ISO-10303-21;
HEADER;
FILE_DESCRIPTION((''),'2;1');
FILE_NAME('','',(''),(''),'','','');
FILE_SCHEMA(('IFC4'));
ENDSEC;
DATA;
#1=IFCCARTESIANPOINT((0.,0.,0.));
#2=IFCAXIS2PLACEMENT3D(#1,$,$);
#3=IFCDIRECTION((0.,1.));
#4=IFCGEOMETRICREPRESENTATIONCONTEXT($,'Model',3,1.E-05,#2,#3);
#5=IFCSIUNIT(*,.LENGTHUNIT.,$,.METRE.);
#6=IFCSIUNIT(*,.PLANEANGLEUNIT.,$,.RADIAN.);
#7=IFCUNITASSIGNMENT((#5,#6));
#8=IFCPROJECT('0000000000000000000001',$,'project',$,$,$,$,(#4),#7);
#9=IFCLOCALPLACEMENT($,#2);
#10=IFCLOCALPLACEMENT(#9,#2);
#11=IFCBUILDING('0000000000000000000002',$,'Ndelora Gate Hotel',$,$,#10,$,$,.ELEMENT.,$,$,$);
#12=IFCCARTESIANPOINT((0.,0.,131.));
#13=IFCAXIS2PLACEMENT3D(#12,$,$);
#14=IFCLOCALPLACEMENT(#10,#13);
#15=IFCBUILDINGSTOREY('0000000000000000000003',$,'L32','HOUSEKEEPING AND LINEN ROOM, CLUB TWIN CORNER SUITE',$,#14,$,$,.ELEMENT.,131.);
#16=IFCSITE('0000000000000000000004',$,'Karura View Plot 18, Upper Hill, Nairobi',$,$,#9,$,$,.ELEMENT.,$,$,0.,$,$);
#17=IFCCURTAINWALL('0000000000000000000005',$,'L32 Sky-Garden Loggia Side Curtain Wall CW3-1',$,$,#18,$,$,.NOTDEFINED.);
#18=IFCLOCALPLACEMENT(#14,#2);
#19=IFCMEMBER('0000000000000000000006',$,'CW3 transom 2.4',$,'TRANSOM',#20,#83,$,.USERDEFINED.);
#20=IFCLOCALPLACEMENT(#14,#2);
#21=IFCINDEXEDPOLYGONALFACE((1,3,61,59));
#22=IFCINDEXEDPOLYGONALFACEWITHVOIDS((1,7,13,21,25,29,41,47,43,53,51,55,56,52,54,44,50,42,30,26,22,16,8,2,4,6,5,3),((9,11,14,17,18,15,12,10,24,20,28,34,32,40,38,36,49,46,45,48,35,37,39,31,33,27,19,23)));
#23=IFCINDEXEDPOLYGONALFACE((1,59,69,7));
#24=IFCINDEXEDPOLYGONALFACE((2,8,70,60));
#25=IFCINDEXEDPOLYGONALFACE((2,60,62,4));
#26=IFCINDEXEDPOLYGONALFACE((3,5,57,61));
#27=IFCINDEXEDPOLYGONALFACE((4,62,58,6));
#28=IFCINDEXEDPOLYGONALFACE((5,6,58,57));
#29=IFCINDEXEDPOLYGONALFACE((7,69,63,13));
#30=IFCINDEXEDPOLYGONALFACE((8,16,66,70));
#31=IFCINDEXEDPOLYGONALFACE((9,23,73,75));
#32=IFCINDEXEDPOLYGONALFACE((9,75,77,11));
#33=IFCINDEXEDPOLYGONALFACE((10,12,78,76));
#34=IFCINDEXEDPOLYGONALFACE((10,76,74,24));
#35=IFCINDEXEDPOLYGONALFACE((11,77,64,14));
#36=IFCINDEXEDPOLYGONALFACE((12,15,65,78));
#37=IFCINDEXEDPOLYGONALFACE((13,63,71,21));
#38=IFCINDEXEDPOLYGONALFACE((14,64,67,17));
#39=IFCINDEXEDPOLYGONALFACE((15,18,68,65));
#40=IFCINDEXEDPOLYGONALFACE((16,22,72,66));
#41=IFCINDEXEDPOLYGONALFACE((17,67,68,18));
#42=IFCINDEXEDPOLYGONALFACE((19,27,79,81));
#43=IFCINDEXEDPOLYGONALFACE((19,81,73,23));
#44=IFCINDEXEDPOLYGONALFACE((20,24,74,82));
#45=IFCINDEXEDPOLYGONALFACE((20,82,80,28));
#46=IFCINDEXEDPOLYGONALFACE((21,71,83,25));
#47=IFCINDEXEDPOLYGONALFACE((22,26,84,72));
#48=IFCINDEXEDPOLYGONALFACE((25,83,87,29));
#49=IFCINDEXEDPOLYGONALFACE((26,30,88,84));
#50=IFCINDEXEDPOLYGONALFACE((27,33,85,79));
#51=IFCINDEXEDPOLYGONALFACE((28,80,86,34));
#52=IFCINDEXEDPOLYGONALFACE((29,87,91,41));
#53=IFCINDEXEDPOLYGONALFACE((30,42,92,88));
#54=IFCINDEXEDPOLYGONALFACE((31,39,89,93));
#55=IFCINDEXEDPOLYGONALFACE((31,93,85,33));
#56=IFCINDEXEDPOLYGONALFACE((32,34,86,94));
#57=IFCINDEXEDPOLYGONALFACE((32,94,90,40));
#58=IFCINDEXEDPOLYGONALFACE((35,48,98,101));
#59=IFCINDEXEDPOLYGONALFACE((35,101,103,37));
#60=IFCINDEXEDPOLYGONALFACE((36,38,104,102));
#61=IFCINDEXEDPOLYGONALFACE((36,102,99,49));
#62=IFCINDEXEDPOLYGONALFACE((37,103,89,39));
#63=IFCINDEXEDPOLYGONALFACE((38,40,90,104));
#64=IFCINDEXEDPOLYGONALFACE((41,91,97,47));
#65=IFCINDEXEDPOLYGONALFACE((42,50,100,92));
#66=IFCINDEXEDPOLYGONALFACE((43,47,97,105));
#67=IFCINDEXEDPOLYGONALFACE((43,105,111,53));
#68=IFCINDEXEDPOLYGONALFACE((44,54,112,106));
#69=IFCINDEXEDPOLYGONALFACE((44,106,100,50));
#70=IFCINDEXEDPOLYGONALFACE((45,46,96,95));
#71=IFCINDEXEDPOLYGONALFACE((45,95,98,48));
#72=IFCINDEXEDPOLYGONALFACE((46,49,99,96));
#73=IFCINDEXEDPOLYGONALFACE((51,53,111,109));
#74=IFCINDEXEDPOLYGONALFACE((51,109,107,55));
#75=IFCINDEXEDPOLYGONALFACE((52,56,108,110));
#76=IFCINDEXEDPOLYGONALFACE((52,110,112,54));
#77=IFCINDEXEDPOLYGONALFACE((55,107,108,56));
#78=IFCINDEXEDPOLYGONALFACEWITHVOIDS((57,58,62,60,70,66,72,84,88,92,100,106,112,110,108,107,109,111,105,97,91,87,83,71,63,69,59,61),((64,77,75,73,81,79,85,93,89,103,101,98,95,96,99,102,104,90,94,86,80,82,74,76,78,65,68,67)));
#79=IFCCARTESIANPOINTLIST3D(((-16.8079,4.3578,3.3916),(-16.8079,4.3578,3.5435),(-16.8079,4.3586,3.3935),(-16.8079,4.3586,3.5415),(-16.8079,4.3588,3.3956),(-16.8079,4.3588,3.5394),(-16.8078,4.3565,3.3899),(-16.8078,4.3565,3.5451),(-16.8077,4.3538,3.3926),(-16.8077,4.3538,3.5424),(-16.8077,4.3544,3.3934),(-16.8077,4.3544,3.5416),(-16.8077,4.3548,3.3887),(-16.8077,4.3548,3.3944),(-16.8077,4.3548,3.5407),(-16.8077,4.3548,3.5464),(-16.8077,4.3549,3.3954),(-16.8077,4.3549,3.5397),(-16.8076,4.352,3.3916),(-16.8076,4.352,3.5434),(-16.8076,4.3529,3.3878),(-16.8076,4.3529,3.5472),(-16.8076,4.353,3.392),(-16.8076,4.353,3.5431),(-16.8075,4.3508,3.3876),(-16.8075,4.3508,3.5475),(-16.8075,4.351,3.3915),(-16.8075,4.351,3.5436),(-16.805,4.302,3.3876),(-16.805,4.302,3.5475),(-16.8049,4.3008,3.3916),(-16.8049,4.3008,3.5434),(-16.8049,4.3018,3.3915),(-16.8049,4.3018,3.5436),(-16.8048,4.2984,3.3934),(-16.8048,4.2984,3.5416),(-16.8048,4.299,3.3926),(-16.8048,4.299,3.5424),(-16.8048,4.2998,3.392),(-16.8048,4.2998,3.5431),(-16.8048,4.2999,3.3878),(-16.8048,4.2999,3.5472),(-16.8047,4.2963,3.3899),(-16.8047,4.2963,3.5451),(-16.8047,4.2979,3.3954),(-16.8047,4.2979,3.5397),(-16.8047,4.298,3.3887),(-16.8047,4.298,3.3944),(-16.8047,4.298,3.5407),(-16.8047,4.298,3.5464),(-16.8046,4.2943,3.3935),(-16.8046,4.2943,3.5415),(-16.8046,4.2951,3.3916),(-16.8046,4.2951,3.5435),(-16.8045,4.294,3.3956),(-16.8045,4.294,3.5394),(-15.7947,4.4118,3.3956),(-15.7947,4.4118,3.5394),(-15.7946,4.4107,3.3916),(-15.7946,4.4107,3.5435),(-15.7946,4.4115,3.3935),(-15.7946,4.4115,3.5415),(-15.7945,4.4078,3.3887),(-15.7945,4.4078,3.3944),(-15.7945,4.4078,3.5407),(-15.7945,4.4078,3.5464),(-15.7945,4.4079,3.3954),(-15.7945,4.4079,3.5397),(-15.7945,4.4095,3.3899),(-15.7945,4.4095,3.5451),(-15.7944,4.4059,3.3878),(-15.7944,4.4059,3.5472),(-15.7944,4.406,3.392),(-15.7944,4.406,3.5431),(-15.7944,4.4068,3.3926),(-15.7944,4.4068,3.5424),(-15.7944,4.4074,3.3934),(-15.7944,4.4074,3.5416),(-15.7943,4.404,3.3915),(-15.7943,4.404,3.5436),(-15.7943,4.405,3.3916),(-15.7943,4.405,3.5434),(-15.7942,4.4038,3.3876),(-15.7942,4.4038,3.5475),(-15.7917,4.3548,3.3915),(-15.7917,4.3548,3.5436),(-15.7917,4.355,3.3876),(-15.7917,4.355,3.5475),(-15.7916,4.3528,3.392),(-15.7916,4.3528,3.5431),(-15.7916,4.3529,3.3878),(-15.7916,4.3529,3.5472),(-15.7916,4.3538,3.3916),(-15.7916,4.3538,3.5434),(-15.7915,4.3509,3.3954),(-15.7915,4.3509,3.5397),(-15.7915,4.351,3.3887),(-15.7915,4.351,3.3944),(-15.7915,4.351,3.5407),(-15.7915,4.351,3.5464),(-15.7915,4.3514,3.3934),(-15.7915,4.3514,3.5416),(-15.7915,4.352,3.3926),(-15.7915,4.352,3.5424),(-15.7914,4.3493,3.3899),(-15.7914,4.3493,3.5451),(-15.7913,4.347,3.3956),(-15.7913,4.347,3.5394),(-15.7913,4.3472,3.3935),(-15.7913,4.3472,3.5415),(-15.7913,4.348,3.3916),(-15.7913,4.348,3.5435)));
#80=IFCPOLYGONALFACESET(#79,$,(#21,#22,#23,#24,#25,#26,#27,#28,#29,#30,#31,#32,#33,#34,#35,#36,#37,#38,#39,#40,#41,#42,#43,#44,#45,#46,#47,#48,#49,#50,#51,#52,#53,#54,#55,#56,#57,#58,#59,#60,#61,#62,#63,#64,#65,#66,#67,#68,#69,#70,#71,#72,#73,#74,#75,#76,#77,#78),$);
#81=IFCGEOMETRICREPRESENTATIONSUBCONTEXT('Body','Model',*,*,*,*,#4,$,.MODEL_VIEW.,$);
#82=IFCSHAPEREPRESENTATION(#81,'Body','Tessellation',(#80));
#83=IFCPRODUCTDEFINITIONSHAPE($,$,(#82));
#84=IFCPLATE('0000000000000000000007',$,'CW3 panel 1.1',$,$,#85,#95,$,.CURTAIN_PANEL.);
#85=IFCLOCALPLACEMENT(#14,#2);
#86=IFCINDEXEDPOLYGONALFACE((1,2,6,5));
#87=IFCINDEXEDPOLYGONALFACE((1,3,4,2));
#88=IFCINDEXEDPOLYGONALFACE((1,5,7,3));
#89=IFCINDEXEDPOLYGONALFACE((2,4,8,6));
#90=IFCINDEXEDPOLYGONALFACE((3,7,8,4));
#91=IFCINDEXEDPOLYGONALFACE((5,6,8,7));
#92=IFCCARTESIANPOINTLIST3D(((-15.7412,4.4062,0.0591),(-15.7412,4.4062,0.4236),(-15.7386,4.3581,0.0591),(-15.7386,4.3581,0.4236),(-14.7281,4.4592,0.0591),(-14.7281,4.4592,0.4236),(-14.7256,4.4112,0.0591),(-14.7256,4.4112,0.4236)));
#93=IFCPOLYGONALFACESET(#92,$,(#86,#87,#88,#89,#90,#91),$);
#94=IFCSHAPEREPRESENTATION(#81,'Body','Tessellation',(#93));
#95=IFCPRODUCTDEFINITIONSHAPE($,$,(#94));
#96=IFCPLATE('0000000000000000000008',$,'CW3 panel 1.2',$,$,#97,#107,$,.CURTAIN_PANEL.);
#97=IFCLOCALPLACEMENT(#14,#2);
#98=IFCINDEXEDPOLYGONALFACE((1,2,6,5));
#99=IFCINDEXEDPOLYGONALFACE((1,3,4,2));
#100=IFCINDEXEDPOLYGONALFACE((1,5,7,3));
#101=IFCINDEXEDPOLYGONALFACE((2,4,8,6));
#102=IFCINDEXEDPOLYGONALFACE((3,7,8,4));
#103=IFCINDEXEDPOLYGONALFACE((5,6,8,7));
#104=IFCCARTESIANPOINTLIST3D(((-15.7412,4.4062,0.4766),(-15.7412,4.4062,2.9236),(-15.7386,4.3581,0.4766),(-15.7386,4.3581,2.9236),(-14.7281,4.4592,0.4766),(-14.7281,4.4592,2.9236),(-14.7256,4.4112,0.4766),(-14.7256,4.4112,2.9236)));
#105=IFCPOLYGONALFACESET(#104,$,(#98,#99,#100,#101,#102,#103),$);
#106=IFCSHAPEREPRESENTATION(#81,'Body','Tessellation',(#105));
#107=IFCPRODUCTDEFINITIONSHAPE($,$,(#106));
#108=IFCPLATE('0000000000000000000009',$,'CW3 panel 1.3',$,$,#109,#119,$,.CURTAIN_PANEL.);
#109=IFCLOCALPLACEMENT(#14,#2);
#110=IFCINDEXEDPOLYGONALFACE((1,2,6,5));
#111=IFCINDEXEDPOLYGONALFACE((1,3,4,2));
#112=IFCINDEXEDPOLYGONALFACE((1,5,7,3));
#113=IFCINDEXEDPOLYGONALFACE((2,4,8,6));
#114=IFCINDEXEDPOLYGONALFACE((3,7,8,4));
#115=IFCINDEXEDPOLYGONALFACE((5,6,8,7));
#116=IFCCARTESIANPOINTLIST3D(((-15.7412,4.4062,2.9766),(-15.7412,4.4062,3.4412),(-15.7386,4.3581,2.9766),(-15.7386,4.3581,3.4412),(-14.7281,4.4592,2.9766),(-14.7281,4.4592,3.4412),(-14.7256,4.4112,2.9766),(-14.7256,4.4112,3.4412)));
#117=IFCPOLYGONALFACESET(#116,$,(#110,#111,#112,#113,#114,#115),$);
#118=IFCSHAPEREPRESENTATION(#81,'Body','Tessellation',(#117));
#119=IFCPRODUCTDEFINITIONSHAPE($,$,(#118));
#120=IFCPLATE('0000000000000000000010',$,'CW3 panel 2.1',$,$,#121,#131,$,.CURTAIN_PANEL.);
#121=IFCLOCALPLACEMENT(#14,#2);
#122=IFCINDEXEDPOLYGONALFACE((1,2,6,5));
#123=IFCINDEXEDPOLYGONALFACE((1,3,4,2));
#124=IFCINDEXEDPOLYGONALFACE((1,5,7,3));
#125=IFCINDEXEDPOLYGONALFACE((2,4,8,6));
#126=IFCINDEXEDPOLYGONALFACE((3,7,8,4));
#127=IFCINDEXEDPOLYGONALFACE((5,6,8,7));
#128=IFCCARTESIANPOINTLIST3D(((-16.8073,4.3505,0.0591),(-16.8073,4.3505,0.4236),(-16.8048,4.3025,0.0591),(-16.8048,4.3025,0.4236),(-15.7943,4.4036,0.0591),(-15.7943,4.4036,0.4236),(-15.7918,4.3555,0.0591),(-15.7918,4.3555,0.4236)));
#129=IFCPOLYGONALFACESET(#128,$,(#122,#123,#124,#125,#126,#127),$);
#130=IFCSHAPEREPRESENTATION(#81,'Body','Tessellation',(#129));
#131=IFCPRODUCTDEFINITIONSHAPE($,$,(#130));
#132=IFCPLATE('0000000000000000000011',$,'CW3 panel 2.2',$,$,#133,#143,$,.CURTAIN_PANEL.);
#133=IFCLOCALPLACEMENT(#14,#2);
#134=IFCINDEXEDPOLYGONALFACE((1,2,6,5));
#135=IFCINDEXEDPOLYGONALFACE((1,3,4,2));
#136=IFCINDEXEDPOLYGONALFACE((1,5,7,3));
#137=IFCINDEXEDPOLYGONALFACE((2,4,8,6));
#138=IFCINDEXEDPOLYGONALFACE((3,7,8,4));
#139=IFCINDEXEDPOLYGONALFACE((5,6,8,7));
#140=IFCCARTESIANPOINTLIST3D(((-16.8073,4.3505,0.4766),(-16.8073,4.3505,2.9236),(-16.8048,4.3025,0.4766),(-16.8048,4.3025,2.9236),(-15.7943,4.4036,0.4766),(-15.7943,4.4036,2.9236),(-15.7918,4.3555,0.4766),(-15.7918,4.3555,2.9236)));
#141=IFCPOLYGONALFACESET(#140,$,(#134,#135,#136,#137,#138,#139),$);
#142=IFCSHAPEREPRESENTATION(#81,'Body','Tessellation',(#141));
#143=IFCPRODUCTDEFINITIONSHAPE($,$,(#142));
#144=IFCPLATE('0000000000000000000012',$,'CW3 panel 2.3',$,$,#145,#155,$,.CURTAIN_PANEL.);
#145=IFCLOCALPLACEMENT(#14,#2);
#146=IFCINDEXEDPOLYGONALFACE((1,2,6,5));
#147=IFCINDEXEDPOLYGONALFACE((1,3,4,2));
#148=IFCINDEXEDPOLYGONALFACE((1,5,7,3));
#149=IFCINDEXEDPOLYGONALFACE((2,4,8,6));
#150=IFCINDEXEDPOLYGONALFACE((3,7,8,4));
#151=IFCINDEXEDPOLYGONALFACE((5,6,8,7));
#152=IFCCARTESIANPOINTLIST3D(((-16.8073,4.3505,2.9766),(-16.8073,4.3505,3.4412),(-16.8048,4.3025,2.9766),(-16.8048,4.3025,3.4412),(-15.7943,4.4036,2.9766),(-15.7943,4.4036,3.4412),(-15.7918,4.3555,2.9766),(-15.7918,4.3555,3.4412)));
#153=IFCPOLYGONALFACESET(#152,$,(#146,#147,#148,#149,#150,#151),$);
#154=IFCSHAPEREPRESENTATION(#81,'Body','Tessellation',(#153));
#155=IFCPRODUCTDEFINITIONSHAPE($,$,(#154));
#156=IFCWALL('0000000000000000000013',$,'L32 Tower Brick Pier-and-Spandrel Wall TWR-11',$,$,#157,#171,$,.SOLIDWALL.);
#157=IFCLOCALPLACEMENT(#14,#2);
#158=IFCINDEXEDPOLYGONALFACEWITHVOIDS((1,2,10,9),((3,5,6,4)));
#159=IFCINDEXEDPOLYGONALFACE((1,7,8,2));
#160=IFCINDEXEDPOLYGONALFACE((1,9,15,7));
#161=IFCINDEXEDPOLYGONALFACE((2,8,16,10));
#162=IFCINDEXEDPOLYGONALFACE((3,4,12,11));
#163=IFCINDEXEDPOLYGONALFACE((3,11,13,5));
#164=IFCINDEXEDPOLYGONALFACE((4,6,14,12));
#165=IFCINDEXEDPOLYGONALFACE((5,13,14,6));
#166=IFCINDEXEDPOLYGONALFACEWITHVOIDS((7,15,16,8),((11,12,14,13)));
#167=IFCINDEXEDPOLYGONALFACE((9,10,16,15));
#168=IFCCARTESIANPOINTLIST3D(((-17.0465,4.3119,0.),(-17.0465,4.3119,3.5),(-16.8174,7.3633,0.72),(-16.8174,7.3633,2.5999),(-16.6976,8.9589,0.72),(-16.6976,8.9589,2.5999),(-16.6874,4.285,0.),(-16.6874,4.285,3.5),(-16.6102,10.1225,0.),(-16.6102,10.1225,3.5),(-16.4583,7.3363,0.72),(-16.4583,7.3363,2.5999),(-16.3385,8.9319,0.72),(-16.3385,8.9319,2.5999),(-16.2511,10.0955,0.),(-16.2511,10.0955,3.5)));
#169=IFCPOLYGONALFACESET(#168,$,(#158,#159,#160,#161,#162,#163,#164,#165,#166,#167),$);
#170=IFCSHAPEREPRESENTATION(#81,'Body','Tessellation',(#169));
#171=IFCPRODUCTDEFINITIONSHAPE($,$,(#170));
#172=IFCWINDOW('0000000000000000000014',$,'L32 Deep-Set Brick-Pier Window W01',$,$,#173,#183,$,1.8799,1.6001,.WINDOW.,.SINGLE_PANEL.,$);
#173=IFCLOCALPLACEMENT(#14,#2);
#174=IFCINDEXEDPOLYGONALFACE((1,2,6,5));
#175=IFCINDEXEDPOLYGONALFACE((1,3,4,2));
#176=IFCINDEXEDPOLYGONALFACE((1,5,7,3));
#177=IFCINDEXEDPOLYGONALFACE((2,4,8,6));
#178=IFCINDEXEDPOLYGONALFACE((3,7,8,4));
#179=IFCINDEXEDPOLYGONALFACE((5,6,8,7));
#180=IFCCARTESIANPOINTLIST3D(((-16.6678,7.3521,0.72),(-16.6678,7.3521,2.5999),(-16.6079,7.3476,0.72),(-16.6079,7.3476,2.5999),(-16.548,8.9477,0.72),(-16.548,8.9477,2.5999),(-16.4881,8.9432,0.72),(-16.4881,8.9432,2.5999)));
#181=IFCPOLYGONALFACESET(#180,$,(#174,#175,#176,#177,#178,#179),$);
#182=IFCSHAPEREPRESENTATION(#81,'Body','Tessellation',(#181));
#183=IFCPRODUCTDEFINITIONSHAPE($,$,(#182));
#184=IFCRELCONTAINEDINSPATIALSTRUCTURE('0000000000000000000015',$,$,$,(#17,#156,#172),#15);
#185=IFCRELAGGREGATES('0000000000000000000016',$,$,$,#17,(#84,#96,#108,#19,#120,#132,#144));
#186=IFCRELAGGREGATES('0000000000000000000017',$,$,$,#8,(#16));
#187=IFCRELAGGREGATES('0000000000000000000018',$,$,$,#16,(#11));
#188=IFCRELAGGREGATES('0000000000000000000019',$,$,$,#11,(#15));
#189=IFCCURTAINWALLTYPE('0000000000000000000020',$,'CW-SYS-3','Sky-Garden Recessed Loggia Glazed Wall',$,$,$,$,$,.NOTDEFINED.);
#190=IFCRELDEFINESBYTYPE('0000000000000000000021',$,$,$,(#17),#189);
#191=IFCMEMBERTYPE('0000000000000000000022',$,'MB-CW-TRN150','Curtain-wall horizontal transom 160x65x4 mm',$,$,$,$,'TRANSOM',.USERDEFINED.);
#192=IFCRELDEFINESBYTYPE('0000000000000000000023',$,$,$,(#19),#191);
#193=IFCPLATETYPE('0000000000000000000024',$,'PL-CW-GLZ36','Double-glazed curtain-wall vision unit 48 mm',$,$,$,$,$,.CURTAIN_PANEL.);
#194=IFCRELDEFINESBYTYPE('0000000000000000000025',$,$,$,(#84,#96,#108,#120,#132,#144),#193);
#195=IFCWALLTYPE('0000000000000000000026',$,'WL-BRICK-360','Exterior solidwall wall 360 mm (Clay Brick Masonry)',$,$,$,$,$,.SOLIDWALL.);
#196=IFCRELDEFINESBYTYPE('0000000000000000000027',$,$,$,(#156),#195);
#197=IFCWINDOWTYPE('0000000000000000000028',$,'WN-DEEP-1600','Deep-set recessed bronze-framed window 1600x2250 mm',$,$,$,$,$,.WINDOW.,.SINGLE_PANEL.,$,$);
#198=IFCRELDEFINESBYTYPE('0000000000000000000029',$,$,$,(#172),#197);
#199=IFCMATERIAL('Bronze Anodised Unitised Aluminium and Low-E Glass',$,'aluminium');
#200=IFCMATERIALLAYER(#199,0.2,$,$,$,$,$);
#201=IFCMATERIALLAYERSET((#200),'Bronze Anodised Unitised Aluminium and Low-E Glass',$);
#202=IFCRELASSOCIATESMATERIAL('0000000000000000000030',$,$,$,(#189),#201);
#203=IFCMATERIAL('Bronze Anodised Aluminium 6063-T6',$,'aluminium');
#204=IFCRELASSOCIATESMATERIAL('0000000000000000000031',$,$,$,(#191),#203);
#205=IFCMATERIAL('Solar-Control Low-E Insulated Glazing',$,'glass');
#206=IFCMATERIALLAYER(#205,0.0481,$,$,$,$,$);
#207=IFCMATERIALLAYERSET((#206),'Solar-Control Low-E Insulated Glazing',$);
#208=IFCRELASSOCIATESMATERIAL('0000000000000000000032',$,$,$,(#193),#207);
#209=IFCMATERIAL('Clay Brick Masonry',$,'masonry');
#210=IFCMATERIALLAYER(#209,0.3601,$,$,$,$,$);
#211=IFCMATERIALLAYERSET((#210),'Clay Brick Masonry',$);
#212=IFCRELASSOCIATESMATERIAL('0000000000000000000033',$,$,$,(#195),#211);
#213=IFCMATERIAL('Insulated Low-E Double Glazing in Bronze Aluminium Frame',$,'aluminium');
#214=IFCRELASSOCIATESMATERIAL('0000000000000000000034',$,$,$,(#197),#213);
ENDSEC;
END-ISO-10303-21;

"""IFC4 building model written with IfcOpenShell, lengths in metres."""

from ifc_helpers import new_model, si_unit, direction, frame, frame_2d, origin, origin_2d, place, context, subcontext, project, spatial, rectangle, hollow_rectangle, extrude, material, layer, layer_set, material_profile, profile_set, type_object, element, fill, aggregate, save


model = new_model("IFC4")

# Units and contexts
model_context = context("Model", 3, precision=1e-05, world=origin(), true_north=direction((0.0, 1.0)))
body_context = subcontext(model_context, "Body", "Model", "MODEL_VIEW")
ifc_project = project(units=[si_unit("LENGTHUNIT", "METRE"), si_unit("PLANEANGLEUNIT", "RADIAN")], contexts=[model_context])

# Site, building, storey
site_placement = place(None, origin())
site = spatial("IfcSite", under=ifc_project, at=site_placement, Name="Karura View Plot 18, Upper Hill, Nairobi", CompositionType="ELEMENT", RefElevation=0.0)
building_placement = place(site_placement, origin())
building = spatial("IfcBuilding", under=site, at=building_placement, Name="Ndelora Gate Hotel", CompositionType="ELEMENT")
storey_placement = place(building_placement, frame((0.0, 0.0, 131.0)))
storey = spatial("IfcBuildingStorey", under=building, at=storey_placement, Name="L32", Description="HOUSEKEEPING AND LINEN ROOM, CLUB TWIN CORNER SUITE", CompositionType="ELEMENT", Elevation=131.0)

# Curtain wall, member, plates
ifc_material_1 = material(Name="Bronze Anodised Unitised Aluminium and Low-E Glass", Category="aluminium")
ifc_layer_1 = layer(ifc_material_1, 0.2)
ifc_layer_set_1 = layer_set([ifc_layer_1], Name="Bronze Anodised Unitised Aluminium and Low-E Glass")
curtain_wall_type = type_object("IfcCurtainWallType", Name="CW-SYS-3", Description="Sky-Garden Recessed Loggia Glazed Wall", PredefinedType="NOTDEFINED", material=ifc_layer_set_1)
curtain_wall_placement = place(storey_placement, origin())
curtain_wall = element("IfcCurtainWall", 1, at=curtain_wall_placement, inside=storey, type_object=curtain_wall_type, Name="L32 Sky-Garden Loggia Side Curtain Wall CW3-1", PredefinedType="NOTDEFINED")
ifc_material_2 = material(Name="Bronze Anodised Aluminium 6063-T6", Category="aluminium")
ifc_material_profile_1 = material_profile(ifc_material_2, hollow_rectangle(XDim=0.0649, YDim=0.1599, WallThickness=0.0039, InnerFilletRadius=0.0039, OuterFilletRadius=0.0081, at=origin_2d()), Name="ALU 160x65x4")
ifc_profile_set_1 = profile_set([ifc_material_profile_1], Name="Bronze Anodised Aluminium 6063-T6")
member_type_1 = type_object("IfcMemberType", Name="MB-CW-TRN150", Description="Curtain-wall horizontal transom 160x65x4 mm", ElementType="TRANSOM", PredefinedType="USERDEFINED", material=ifc_profile_set_1)
member_1_placement = place(storey_placement, frame((-15.793, 4.3794, 3.4675), z_axis=(-0.998636, -0.052218, 0.0), x_axis=(0.052218, -0.998636, 0.0)))
member_1 = element("IfcMember", 2, at=member_1_placement, type_object=member_type_1, Name="CW3 transom 2.4", ObjectType="TRANSOM", PredefinedType="USERDEFINED", context=body_context, shape_type="SweptSolid", body=[
    extrude(hollow_rectangle(XDim=0.0649, YDim=0.1599, WallThickness=0.0039, InnerFilletRadius=0.0039, OuterFilletRadius=0.0081, at=origin_2d()), origin(), (0.0, 0.0, 1.0), 1.0146),
])
ifc_material_3 = material(Name="Solar-Control Low-E Insulated Glazing", Category="glass")
ifc_layer_2 = layer(ifc_material_3, 0.0481)
ifc_layer_set_2 = layer_set([ifc_layer_2], Name="Solar-Control Low-E Insulated Glazing")
plate_type = type_object("IfcPlateType", Name="PL-CW-GLZ36", Description="Double-glazed curtain-wall vision unit 48 mm", PredefinedType="CURTAIN_PANEL", material=ifc_layer_set_2)
plate_1_placement = place(storey_placement, frame((-15.2334, 4.4087, 0.0591), z_axis=(0.0, 0.0, 1.0), x_axis=(-0.99863, -0.052318, 0.0)))
plate_1 = element("IfcPlate", 3, at=plate_1_placement, type_object=plate_type, Name="CW3 panel 1.1", PredefinedType="CURTAIN_PANEL", context=body_context, shape_type="SweptSolid", body=[
    extrude(rectangle(XDim=1.0144, YDim=0.0481, at=origin_2d()), origin(), (0.0, 0.0, 1.0), 0.3645),
])
plate_2_placement = place(storey_placement, frame((-15.2334, 4.4087, 0.4766), z_axis=(0.0, 0.0, 1.0), x_axis=(-0.99863, -0.052318, 0.0)))
plate_2 = element("IfcPlate", 4, at=plate_2_placement, type_object=plate_type, Name="CW3 panel 1.2", PredefinedType="CURTAIN_PANEL", context=body_context, shape_type="SweptSolid", body=[
    extrude(rectangle(XDim=1.0144, YDim=0.0481, at=origin_2d()), origin(), (0.0, 0.0, 1.0), 2.447),
])
plate_3_placement = place(storey_placement, frame((-15.2334, 4.4087, 2.9766), z_axis=(0.0, 0.0, 1.0), x_axis=(-0.99863, -0.052318, 0.0)))
plate_3 = element("IfcPlate", 5, at=plate_3_placement, type_object=plate_type, Name="CW3 panel 1.3", PredefinedType="CURTAIN_PANEL", context=body_context, shape_type="SweptSolid", body=[
    extrude(rectangle(XDim=1.0144, YDim=0.0481, at=origin_2d()), origin(), (0.0, 0.0, 1.0), 0.4646),
])
plate_4_placement = place(storey_placement, frame((-16.2996, 4.353, 0.0591), z_axis=(0.0, 0.0, 1.0), x_axis=(-0.99863, -0.052318, 0.0)))
plate_4 = element("IfcPlate", 6, at=plate_4_placement, type_object=plate_type, Name="CW3 panel 2.1", PredefinedType="CURTAIN_PANEL", context=body_context, shape_type="SweptSolid", body=[
    extrude(rectangle(XDim=1.0144, YDim=0.0481, at=origin_2d()), origin(), (0.0, 0.0, 1.0), 0.3645),
])
plate_5_placement = place(storey_placement, frame((-16.2996, 4.353, 0.4766), z_axis=(0.0, 0.0, 1.0), x_axis=(-0.99863, -0.052318, 0.0)))
plate_5 = element("IfcPlate", 7, at=plate_5_placement, type_object=plate_type, Name="CW3 panel 2.2", PredefinedType="CURTAIN_PANEL", context=body_context, shape_type="SweptSolid", body=[
    extrude(rectangle(XDim=1.0144, YDim=0.0481, at=origin_2d()), origin(), (0.0, 0.0, 1.0), 2.447),
])
plate_6_placement = place(storey_placement, frame((-16.2996, 4.353, 2.9766), z_axis=(0.0, 0.0, 1.0), x_axis=(-0.99863, -0.052318, 0.0)))
plate_6 = element("IfcPlate", 8, at=plate_6_placement, type_object=plate_type, Name="CW3 panel 2.3", PredefinedType="CURTAIN_PANEL", context=body_context, shape_type="SweptSolid", body=[
    extrude(rectangle(XDim=1.0144, YDim=0.0481, at=origin_2d()), origin(), (0.0, 0.0, 1.0), 0.4646),
])
aggregate(curtain_wall, [plate_1, plate_2, plate_3, member_1, plate_4, plate_5, plate_6])

# Wall, opening, window
ifc_material_4 = material(Name="Clay Brick Masonry", Category="masonry")
ifc_layer_3 = layer(ifc_material_4, 0.3601)
ifc_layer_set_3 = layer_set([ifc_layer_3], Name="Clay Brick Masonry")
wall_type = type_object("IfcWallType", Name="WL-BRICK-360", Description="Exterior solidwall wall 360 mm (Clay Brick Masonry)", PredefinedType="SOLIDWALL", material=ifc_layer_set_3)
wall_placement = place(storey_placement, frame((-16.8669, 4.2983, 0.0), z_axis=(0.0, 0.0, 1.0), x_axis=(0.074873, 0.997193, 0.0)))
wall = element("IfcWall", 9, at=wall_placement, inside=storey, type_object=wall_type, Name="L32 Tower Brick Pier-and-Spandrel Wall TWR-11", PredefinedType="SOLIDWALL", context=body_context, shape_type="SweptSolid", body=[
    extrude(rectangle(XDim=5.8269, YDim=0.3601, at=frame_2d((2.9136, 0.0))), origin(), (0.0, 0.0, 1.0), 3.5),
])
opening_placement = place(wall_placement, frame((3.0601, 0.0, 0.72)))
opening = element("IfcOpeningElement", 10, at=opening_placement, cuts=wall, PredefinedType="OPENING", context=body_context, shape_type="SweptSolid", body=[
    extrude(rectangle(XDim=1.6001, YDim=1.8799, at=frame_2d((0.8, 0.9399))), frame((0.0, 0.1899, 0.0), z_axis=(0.0, -1.0, 0.0), x_axis=(1.0, 0.0, 0.0)), (0.0, 0.0, 1.0), 0.3801),
])
ifc_material_5 = material(Name="Insulated Low-E Double Glazing in Bronze Aluminium Frame", Category="aluminium")
window_type = type_object("IfcWindowType", Name="WN-DEEP-1600", Description="Deep-set recessed bronze-framed window 1600x2250 mm", PartitioningType="SINGLE_PANEL", PredefinedType="WINDOW", material=ifc_material_5)
window_placement = place(opening_placement, origin())
window = element("IfcWindow", 11, at=window_placement, inside=storey, type_object=window_type, Name="L32 Deep-Set Brick-Pier Window W01", OverallHeight=1.8799, OverallWidth=1.6001, PartitioningType="SINGLE_PANEL", PredefinedType="WINDOW", context=body_context, shape_type="SweptSolid", body=[
    extrude(rectangle(XDim=1.6001, YDim=1.8799, at=frame_2d((0.8, 0.9399))), frame((0.0, 0.03, 0.0), z_axis=(0.0, -1.0, 0.0), x_axis=(1.0, 0.0, 0.0)), (0.0, 0.0, 1.0), 0.0601),
])
fill(opening, window)

save(model, "model.ifc")
